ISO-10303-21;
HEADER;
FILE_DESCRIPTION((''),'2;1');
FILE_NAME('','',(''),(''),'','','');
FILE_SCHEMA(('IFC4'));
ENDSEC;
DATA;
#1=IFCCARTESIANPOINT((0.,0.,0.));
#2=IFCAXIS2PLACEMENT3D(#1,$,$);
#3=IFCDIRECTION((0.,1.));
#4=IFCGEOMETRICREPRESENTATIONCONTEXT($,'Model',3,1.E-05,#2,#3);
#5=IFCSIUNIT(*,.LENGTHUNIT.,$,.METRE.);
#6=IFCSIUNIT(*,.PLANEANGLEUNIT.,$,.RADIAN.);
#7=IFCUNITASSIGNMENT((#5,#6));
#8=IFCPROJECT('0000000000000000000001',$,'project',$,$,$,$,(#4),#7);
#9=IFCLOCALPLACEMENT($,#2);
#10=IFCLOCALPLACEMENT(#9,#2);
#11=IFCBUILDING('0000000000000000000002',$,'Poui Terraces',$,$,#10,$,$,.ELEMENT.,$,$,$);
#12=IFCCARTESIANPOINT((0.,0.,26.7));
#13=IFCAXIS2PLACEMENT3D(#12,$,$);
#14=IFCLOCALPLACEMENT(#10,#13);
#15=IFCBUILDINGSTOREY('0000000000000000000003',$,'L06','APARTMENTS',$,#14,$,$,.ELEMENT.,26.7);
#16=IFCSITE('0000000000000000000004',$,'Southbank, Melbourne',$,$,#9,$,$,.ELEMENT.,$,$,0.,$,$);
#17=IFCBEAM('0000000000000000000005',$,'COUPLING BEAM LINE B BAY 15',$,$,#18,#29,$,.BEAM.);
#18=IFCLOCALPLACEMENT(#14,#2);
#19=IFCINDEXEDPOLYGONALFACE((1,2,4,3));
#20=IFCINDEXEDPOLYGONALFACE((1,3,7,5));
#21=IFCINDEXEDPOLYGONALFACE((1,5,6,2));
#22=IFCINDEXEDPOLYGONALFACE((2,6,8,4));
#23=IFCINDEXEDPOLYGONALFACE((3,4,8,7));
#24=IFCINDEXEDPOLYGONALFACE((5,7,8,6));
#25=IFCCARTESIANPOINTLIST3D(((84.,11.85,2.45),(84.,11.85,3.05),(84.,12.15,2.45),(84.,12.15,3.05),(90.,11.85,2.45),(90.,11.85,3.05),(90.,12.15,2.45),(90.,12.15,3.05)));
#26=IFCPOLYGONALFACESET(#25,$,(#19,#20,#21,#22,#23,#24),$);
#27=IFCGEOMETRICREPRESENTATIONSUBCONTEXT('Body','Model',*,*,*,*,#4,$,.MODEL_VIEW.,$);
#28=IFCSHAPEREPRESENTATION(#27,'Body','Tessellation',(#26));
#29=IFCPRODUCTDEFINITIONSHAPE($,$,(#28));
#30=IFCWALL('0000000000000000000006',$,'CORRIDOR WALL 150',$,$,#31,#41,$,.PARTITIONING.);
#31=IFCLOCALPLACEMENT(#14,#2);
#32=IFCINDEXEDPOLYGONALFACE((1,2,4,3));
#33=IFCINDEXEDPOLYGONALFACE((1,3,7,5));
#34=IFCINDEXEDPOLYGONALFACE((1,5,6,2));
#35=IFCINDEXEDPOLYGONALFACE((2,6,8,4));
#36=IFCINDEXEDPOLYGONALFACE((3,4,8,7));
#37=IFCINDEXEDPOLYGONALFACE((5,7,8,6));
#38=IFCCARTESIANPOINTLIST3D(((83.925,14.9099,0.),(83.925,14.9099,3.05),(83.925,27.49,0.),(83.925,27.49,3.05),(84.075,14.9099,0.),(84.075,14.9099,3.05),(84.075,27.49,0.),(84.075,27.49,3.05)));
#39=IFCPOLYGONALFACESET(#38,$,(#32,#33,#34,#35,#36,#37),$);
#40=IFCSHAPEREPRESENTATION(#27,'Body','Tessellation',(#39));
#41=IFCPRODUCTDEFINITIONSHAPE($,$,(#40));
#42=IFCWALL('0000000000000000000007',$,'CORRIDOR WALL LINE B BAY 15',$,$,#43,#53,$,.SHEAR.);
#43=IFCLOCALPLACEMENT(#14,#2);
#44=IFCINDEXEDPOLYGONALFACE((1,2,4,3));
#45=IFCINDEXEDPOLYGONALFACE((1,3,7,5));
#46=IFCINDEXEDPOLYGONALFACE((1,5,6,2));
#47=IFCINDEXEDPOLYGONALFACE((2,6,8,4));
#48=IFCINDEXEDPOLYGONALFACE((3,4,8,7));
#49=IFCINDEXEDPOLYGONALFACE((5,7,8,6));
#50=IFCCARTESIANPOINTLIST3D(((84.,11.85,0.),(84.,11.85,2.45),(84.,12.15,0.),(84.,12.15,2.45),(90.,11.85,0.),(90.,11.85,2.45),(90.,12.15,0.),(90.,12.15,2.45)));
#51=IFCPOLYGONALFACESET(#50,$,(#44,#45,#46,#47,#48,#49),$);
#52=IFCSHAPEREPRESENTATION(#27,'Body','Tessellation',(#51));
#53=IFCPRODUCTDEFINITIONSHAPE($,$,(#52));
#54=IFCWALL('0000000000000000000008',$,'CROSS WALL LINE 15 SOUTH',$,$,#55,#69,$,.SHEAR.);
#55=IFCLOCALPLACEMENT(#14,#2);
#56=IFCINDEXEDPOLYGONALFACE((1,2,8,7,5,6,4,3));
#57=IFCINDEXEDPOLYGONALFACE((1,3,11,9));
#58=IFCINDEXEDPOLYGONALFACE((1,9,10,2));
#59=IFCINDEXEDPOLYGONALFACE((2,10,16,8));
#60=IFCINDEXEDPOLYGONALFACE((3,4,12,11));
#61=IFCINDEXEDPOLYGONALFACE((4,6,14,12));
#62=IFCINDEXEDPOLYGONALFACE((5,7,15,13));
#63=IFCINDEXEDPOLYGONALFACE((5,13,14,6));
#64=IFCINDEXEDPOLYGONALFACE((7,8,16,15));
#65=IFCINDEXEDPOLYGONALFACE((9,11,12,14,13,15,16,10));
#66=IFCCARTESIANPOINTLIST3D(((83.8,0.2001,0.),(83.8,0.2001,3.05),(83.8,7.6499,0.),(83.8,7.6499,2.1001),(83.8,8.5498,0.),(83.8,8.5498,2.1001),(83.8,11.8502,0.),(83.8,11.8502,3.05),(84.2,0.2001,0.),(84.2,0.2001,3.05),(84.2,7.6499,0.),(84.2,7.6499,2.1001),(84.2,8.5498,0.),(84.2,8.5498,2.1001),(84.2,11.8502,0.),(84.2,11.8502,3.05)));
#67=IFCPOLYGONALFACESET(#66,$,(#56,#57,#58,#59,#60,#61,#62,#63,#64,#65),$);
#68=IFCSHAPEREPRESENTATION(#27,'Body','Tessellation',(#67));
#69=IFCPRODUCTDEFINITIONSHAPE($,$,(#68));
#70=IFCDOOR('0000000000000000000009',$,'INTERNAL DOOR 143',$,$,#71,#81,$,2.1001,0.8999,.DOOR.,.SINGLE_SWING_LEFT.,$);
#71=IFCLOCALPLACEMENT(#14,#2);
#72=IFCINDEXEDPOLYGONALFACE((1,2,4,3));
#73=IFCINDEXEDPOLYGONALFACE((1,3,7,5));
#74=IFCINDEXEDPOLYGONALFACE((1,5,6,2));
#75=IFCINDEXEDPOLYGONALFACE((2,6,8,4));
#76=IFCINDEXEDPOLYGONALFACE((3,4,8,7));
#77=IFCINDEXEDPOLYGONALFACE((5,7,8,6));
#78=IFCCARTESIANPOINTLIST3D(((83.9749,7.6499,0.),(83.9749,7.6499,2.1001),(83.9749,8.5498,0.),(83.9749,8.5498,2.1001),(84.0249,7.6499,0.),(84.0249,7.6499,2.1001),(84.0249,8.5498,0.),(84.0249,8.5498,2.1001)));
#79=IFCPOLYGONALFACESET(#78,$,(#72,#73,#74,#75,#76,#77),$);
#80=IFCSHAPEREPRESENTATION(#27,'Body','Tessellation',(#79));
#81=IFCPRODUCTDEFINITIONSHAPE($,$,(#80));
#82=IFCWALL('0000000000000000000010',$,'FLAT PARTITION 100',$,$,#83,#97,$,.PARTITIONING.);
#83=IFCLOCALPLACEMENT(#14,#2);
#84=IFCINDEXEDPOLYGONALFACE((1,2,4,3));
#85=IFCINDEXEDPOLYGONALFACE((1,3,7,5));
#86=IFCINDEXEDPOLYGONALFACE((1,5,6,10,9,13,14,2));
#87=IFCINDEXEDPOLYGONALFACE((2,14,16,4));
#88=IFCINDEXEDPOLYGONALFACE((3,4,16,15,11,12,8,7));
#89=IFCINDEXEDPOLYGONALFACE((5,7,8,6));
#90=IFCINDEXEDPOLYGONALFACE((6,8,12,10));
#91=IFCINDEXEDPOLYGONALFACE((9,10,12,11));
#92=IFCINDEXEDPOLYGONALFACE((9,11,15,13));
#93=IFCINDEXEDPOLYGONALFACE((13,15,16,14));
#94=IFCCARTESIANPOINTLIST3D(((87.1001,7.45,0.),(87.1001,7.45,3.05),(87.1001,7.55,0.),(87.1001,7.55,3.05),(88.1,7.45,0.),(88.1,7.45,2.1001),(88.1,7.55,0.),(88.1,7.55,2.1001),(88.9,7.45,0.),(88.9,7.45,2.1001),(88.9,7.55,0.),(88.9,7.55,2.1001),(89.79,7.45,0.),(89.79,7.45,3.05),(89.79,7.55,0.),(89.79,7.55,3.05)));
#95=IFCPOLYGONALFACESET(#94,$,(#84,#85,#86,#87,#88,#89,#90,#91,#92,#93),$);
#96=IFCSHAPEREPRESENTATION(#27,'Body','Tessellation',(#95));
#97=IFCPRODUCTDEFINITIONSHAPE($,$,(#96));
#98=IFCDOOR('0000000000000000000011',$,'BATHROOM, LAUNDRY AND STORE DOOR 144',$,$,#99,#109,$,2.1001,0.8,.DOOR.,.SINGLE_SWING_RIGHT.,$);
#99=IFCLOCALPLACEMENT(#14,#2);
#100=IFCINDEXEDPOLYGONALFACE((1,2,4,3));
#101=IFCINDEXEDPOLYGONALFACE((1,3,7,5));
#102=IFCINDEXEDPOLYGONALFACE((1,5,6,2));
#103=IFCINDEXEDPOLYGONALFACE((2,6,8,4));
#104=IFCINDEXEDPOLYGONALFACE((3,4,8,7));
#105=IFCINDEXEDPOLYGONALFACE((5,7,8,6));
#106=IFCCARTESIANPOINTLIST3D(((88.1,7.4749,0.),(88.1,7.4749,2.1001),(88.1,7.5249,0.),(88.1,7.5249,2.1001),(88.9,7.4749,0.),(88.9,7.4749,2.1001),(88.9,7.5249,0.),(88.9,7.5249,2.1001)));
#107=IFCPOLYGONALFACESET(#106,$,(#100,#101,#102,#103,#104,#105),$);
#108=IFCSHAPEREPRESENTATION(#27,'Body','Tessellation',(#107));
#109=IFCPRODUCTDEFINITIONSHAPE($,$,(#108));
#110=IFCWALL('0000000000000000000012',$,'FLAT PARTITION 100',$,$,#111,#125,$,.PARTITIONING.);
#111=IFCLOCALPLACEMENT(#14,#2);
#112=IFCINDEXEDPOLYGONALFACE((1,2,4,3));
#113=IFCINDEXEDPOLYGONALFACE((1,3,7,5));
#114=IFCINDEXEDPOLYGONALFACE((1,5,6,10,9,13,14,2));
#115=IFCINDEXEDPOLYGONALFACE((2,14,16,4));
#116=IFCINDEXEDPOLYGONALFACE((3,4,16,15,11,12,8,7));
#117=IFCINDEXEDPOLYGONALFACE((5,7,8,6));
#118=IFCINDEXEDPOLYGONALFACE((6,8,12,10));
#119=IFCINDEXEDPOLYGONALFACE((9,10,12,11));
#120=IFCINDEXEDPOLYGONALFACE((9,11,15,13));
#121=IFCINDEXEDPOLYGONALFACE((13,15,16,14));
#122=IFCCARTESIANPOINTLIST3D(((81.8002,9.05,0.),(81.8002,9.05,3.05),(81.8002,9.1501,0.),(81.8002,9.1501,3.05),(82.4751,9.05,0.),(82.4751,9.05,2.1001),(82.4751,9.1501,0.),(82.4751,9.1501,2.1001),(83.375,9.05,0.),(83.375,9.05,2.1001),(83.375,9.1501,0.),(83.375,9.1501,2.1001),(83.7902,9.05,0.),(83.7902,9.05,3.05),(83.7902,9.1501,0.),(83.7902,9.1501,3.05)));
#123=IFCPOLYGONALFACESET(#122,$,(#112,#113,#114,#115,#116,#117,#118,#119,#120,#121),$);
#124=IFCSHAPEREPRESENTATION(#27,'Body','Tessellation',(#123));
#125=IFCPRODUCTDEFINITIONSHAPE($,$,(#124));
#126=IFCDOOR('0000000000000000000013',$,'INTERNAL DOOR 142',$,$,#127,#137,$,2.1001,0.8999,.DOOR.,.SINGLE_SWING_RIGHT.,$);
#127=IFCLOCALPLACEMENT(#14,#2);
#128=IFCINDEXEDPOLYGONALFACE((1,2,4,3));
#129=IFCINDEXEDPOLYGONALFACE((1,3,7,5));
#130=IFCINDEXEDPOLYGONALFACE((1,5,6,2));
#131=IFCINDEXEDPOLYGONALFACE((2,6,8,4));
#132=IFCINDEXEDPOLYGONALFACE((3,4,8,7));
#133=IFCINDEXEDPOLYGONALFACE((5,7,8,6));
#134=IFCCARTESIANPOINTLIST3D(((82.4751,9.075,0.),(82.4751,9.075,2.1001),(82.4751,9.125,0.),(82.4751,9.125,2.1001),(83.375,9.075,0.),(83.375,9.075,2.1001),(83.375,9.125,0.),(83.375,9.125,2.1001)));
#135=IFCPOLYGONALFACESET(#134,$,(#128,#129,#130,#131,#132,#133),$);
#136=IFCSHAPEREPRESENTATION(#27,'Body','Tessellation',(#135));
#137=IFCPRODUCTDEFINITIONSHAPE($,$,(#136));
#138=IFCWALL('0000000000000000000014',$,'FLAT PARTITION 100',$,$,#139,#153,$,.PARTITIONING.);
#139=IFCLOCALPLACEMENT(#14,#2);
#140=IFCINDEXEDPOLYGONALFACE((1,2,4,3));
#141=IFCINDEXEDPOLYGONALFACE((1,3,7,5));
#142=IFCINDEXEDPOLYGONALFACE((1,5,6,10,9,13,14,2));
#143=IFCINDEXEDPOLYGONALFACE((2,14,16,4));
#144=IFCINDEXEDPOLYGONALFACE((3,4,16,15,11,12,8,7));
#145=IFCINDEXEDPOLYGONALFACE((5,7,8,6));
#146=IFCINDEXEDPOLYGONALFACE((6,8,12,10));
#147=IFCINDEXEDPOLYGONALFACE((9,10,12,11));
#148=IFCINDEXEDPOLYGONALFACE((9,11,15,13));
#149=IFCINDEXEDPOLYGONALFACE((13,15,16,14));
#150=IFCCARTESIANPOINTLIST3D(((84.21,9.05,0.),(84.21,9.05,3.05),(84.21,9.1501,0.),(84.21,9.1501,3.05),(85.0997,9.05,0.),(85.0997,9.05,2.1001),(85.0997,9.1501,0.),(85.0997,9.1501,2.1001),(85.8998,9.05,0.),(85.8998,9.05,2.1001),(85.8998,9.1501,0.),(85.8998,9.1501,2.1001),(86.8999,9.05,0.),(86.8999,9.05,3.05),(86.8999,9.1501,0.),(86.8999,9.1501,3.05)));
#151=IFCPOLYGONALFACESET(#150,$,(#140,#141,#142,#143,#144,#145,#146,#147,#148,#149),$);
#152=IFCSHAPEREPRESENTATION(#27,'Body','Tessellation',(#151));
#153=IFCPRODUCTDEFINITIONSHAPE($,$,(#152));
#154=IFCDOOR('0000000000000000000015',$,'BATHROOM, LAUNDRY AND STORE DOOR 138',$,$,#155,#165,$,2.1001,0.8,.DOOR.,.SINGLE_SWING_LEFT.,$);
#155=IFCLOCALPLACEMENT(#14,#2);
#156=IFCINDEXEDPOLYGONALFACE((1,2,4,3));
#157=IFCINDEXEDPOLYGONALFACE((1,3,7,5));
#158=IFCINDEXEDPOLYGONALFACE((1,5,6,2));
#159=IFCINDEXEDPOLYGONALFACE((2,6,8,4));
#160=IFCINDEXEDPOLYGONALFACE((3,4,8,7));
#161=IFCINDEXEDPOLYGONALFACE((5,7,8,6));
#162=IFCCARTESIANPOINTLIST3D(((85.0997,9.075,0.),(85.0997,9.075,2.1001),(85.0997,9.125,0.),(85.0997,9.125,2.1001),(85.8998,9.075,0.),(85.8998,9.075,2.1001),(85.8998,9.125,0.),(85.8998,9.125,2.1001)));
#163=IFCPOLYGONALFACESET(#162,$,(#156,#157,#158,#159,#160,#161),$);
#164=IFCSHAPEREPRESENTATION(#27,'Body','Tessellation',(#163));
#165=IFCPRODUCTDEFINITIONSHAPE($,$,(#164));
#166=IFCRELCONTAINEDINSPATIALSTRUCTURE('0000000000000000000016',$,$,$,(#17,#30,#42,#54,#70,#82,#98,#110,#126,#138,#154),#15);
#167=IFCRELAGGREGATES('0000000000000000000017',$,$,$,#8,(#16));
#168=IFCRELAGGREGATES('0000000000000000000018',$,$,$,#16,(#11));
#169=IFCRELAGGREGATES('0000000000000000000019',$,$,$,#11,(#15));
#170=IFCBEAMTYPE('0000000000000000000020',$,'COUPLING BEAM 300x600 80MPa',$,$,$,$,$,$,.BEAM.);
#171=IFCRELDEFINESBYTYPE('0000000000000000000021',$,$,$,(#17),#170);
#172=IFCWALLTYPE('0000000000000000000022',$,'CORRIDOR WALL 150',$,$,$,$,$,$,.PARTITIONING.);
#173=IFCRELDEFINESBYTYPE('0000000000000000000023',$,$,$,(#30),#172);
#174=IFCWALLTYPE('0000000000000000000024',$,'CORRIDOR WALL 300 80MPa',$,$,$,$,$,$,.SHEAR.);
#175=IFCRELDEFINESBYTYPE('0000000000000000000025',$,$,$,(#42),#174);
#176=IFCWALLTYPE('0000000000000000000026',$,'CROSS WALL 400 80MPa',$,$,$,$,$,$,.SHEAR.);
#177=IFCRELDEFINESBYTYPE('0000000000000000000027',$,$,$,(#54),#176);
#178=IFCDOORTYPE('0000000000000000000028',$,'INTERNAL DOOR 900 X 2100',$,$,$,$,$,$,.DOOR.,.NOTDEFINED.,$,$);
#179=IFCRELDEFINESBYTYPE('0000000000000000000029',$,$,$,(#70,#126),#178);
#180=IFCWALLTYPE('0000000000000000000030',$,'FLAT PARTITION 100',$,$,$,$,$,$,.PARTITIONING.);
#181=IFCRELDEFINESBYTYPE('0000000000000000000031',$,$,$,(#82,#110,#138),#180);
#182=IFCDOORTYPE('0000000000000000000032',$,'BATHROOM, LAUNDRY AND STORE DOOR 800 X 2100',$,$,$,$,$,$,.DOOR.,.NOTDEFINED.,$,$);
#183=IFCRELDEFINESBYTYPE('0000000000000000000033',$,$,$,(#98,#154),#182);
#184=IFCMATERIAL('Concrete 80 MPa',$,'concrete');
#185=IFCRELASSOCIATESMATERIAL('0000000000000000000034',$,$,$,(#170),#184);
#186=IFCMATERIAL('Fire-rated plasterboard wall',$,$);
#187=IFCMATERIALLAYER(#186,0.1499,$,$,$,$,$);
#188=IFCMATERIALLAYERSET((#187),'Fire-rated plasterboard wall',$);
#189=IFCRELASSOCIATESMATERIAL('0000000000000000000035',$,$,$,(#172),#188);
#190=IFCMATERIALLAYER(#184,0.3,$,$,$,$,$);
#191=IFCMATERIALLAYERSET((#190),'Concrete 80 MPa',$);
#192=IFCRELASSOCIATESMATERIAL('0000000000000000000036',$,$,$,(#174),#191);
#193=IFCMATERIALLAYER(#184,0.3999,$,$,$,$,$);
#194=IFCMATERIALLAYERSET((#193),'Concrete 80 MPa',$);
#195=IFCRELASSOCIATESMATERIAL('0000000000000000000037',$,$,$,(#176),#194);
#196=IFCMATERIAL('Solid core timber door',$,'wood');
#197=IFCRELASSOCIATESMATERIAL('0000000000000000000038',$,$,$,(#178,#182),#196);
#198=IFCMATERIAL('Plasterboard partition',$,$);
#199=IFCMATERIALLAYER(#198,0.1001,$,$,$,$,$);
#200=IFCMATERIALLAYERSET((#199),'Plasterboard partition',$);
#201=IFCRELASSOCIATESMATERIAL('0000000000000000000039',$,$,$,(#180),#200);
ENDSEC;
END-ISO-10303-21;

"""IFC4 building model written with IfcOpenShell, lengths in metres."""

from ifc_helpers import new_model, si_unit, direction, frame, frame_2d, origin, origin_2d, place, context, subcontext, project, spatial, rectangle, extrude, source, transform, mapped, material, layer, layer_set, material_profile, profile_set, type_object, element, fill, save


model = new_model("IFC4")

# Units and contexts
model_context = context("Model", 3, precision=1e-05, world=origin(), true_north=direction((0.0, 1.0)))
body_context = subcontext(model_context, "Body", "Model", "MODEL_VIEW")
ifc_project = project(units=[si_unit("LENGTHUNIT", "METRE"), si_unit("PLANEANGLEUNIT", "RADIAN")], contexts=[model_context])

# Site, building, storey
site_placement = place(None, origin())
site = spatial("IfcSite", under=ifc_project, at=site_placement, Name="Southbank, Melbourne", CompositionType="ELEMENT", RefElevation=0.0)
building_placement = place(site_placement, origin())
building = spatial("IfcBuilding", under=site, at=building_placement, Name="Poui Terraces", CompositionType="ELEMENT")
storey_placement = place(building_placement, frame((0.0, 0.0, 26.7)))
storey = spatial("IfcBuildingStorey", under=building, at=storey_placement, Name="L06", Description="APARTMENTS", CompositionType="ELEMENT", Elevation=26.7)

# Beam
ifc_material_1 = material(Name="Concrete 80 MPa", Category="concrete")
ifc_material_profile = material_profile(ifc_material_1, rectangle(XDim=0.3, YDim=0.6001, at=origin_2d()), Name="RC 300x600")
ifc_profile_set = profile_set([ifc_material_profile], Name="Concrete 80 MPa")
beam_type = type_object("IfcBeamType", Name="COUPLING BEAM 300x600 80MPa", PredefinedType="BEAM", material=ifc_profile_set)
shared_shape = source(origin(), body_context, "Body", "SweptSolid", [
    extrude(rectangle(XDim=0.3, YDim=0.6001, at=origin_2d()), origin(), (0.0, 0.0, 1.0), 6.0),
])
beam_placement = place(storey_placement, frame((84.0, 12.0, 2.75), z_axis=(1.0, 0.0, 0.0), x_axis=(0.0, 1.0, 0.0)))
element("IfcBeam", 1, at=beam_placement, inside=storey, type_object=beam_type, Name="COUPLING BEAM LINE B BAY 15", PredefinedType="BEAM", context=body_context, shape_type="MappedRepresentation", body=[
    mapped(shared_shape, transform((0.0, 0.0, 0.0))),
])

# Walls
ifc_material_2 = material(Name="Fire-rated plasterboard wall")
ifc_layer_1 = layer(ifc_material_2, 0.1499)
ifc_layer_set_1 = layer_set([ifc_layer_1], Name="Fire-rated plasterboard wall")
wall_type_1 = type_object("IfcWallType", Name="CORRIDOR WALL 150", PredefinedType="PARTITIONING", material=ifc_layer_set_1)
wall_1_placement = place(storey_placement, frame((84.0, 14.9099, 0.0), z_axis=(0.0, 0.0, 1.0), x_axis=(0.0, 1.0, 0.0)))
element("IfcWall", 2, at=wall_1_placement, inside=storey, type_object=wall_type_1, Name="CORRIDOR WALL 150", PredefinedType="PARTITIONING", context=body_context, shape_type="SweptSolid", body=[
    extrude(rectangle(XDim=12.5801, YDim=0.1499, at=frame_2d((6.29, 0.0))), origin(), (0.0, 0.0, 1.0), 3.05),
])
ifc_layer_2 = layer(ifc_material_1, 0.3)
ifc_layer_set_2 = layer_set([ifc_layer_2], Name="Concrete 80 MPa")
wall_type_2 = type_object("IfcWallType", Name="CORRIDOR WALL 300 80MPa", PredefinedType="SHEAR", material=ifc_layer_set_2)
wall_2_placement = place(storey_placement, frame((84.0, 12.0, 0.0), z_axis=(0.0, 0.0, 1.0), x_axis=(1.0, 0.0, 0.0)))
element("IfcWall", 3, at=wall_2_placement, inside=storey, type_object=wall_type_2, Name="CORRIDOR WALL LINE B BAY 15", PredefinedType="SHEAR", context=body_context, shape_type="SweptSolid", body=[
    extrude(rectangle(XDim=6.0, YDim=0.3, at=frame_2d((3.0, 0.0))), origin(), (0.0, 0.0, 1.0), 2.45),
])

# Walls, openings, doors
ifc_layer_3 = layer(ifc_material_1, 0.3999)
ifc_layer_set_3 = layer_set([ifc_layer_3], Name="Concrete 80 MPa")
wall_type_3 = type_object("IfcWallType", Name="CROSS WALL 400 80MPa", PredefinedType="SHEAR", material=ifc_layer_set_3)
wall_3_placement = place(storey_placement, frame((84.0, 0.2, 0.0), z_axis=(0.0, 0.0, 1.0), x_axis=(0.0, 1.0, 0.0)))
wall_3 = element("IfcWall", 4, at=wall_3_placement, inside=storey, type_object=wall_type_3, Name="CROSS WALL LINE 15 SOUTH", PredefinedType="SHEAR", context=body_context, shape_type="SweptSolid", body=[
    extrude(rectangle(XDim=11.6501, YDim=0.3999, at=frame_2d((5.8252, 0.0))), origin(), (0.0, 0.0, 1.0), 3.05),
])
opening_1_placement = place(wall_3_placement, frame((7.45, 0.0, 0.0)))
opening_1 = element("IfcOpeningElement", 5, at=opening_1_placement, cuts=wall_3, PredefinedType="OPENING", context=body_context, shape_type="SweptSolid", body=[
    extrude(rectangle(XDim=0.8999, YDim=2.1001, at=frame_2d((0.45, 1.05))), frame((0.0, 0.21, 0.0), z_axis=(0.0, -1.0, 0.0), x_axis=(1.0, 0.0, 0.0)), (0.0, 0.0, 1.0), 0.4199),
])
ifc_material_3 = material(Name="Solid core timber door", Category="wood")
door_type_1 = type_object("IfcDoorType", Name="INTERNAL DOOR 900 X 2100", OperationType="NOTDEFINED", PredefinedType="DOOR", material=ifc_material_3)
door_1_placement = place(opening_1_placement, frame((0.8999, 0.0, 0.0), z_axis=(0.0, 0.0, 1.0), x_axis=(-1.0, 0.0, 0.0)))
door_1 = element("IfcDoor", 6, at=door_1_placement, inside=storey, type_object=door_type_1, Name="INTERNAL DOOR 143", OperationType="SINGLE_SWING_LEFT", OverallHeight=2.1001, OverallWidth=0.8999, PredefinedType="DOOR", context=body_context, shape_type="SweptSolid", body=[
    extrude(rectangle(XDim=0.8999, YDim=2.1001, at=frame_2d((0.45, 1.05))), frame((0.0, 0.0249, 0.0), z_axis=(0.0, -1.0, 0.0), x_axis=(1.0, 0.0, 0.0)), (0.0, 0.0, 1.0), 0.05),
])
fill(opening_1, door_1)
ifc_material_4 = material(Name="Plasterboard partition")
ifc_layer_4 = layer(ifc_material_4, 0.1001)
ifc_layer_set_4 = layer_set([ifc_layer_4], Name="Plasterboard partition")
wall_type_4 = type_object("IfcWallType", Name="FLAT PARTITION 100", PredefinedType="PARTITIONING", material=ifc_layer_set_4)
wall_4_placement = place(storey_placement, frame((87.1001, 7.5, 0.0), z_axis=(0.0, 0.0, 1.0), x_axis=(1.0, 0.0, 0.0)))
wall_4 = element("IfcWall", 7, at=wall_4_placement, inside=storey, type_object=wall_type_4, Name="FLAT PARTITION 100", PredefinedType="PARTITIONING", context=body_context, shape_type="SweptSolid", body=[
    extrude(rectangle(XDim=2.6899, YDim=0.1001, at=frame_2d((1.345, 0.0))), origin(), (0.0, 0.0, 1.0), 3.05),
])
opening_2_placement = place(wall_4_placement, frame((1.0, 0.0, 0.0)))
opening_2 = element("IfcOpeningElement", 8, at=opening_2_placement, cuts=wall_4, PredefinedType="OPENING", context=body_context, shape_type="SweptSolid", body=[
    extrude(rectangle(XDim=0.8, YDim=2.1001, at=frame_2d((0.3999, 1.05))), frame((0.0, 0.0601, 0.0), z_axis=(0.0, -1.0, 0.0), x_axis=(1.0, 0.0, 0.0)), (0.0, 0.0, 1.0), 0.1201),
])
door_type_2 = type_object("IfcDoorType", Name="BATHROOM, LAUNDRY AND STORE DOOR 800 X 2100", OperationType="NOTDEFINED", PredefinedType="DOOR", material=ifc_material_3)
door_2_placement = place(opening_2_placement, origin())
door_2 = element("IfcDoor", 9, at=door_2_placement, inside=storey, type_object=door_type_2, Name="BATHROOM, LAUNDRY AND STORE DOOR 144", OperationType="SINGLE_SWING_RIGHT", OverallHeight=2.1001, OverallWidth=0.8, PredefinedType="DOOR", context=body_context, shape_type="SweptSolid", body=[
    extrude(rectangle(XDim=0.8, YDim=2.1001, at=frame_2d((0.3999, 1.05))), frame((0.0, 0.0249, 0.0), z_axis=(0.0, -1.0, 0.0), x_axis=(1.0, 0.0, 0.0)), (0.0, 0.0, 1.0), 0.05),
])
fill(opening_2, door_2)
wall_5_placement = place(storey_placement, frame((81.8, 9.1001, 0.0), z_axis=(0.0, 0.0, 1.0), x_axis=(1.0, 0.0, 0.0)))
wall_5 = element("IfcWall", 10, at=wall_5_placement, inside=storey, type_object=wall_type_4, Name="FLAT PARTITION 100", PredefinedType="PARTITIONING", context=body_context, shape_type="SweptSolid", body=[
    extrude(rectangle(XDim=1.99, YDim=0.1001, at=frame_2d((0.9951, 0.0))), origin(), (0.0, 0.0, 1.0), 3.05),
])
opening_3_placement = place(wall_5_placement, frame((0.675, 0.0, 0.0)))
opening_3 = element("IfcOpeningElement", 11, at=opening_3_placement, cuts=wall_5, PredefinedType="OPENING", context=body_context, shape_type="SweptSolid", body=[
    extrude(rectangle(XDim=0.8999, YDim=2.1001, at=frame_2d((0.45, 1.05))), frame((0.0, 0.0601, 0.0), z_axis=(0.0, -1.0, 0.0), x_axis=(1.0, 0.0, 0.0)), (0.0, 0.0, 1.0), 0.1201),
])
door_3_placement = place(opening_3_placement, origin())
door_3 = element("IfcDoor", 12, at=door_3_placement, inside=storey, type_object=door_type_1, Name="INTERNAL DOOR 142", OperationType="SINGLE_SWING_RIGHT", OverallHeight=2.1001, OverallWidth=0.8999, PredefinedType="DOOR", context=body_context, shape_type="SweptSolid", body=[
    extrude(rectangle(XDim=0.8999, YDim=2.1001, at=frame_2d((0.45, 1.05))), frame((0.0, 0.0249, 0.0), z_axis=(0.0, -1.0, 0.0), x_axis=(1.0, 0.0, 0.0)), (0.0, 0.0, 1.0), 0.05),
])
fill(opening_3, door_3)
wall_6_placement = place(storey_placement, frame((84.21, 9.1001, 0.0), z_axis=(0.0, 0.0, 1.0), x_axis=(1.0, 0.0, 0.0)))
wall_6 = element("IfcWall", 13, at=wall_6_placement, inside=storey, type_object=wall_type_4, Name="FLAT PARTITION 100", PredefinedType="PARTITIONING", context=body_context, shape_type="SweptSolid", body=[
    extrude(rectangle(XDim=2.6899, YDim=0.1001, at=frame_2d((1.345, 0.0))), origin(), (0.0, 0.0, 1.0), 3.05),
])
opening_4_placement = place(wall_6_placement, frame((0.8899, 0.0, 0.0)))
opening_4 = element("IfcOpeningElement", 14, at=opening_4_placement, cuts=wall_6, PredefinedType="OPENING", context=body_context, shape_type="SweptSolid", body=[
    extrude(rectangle(XDim=0.8, YDim=2.1001, at=frame_2d((0.3999, 1.05))), frame((0.0, 0.0601, 0.0), z_axis=(0.0, -1.0, 0.0), x_axis=(1.0, 0.0, 0.0)), (0.0, 0.0, 1.0), 0.1201),
])
door_4_placement = place(opening_4_placement, origin())
door_4 = element("IfcDoor", 15, at=door_4_placement, inside=storey, type_object=door_type_2, Name="BATHROOM, LAUNDRY AND STORE DOOR 138", OperationType="SINGLE_SWING_LEFT", OverallHeight=2.1001, OverallWidth=0.8, PredefinedType="DOOR", context=body_context, shape_type="SweptSolid", body=[
    extrude(rectangle(XDim=0.8, YDim=2.1001, at=frame_2d((0.3999, 1.05))), frame((0.0, 0.0249, 0.0), z_axis=(0.0, -1.0, 0.0), x_axis=(1.0, 0.0, 0.0)), (0.0, 0.0, 1.0), 0.05),
])
fill(opening_4, door_4)

save(model, "model.ifc")
